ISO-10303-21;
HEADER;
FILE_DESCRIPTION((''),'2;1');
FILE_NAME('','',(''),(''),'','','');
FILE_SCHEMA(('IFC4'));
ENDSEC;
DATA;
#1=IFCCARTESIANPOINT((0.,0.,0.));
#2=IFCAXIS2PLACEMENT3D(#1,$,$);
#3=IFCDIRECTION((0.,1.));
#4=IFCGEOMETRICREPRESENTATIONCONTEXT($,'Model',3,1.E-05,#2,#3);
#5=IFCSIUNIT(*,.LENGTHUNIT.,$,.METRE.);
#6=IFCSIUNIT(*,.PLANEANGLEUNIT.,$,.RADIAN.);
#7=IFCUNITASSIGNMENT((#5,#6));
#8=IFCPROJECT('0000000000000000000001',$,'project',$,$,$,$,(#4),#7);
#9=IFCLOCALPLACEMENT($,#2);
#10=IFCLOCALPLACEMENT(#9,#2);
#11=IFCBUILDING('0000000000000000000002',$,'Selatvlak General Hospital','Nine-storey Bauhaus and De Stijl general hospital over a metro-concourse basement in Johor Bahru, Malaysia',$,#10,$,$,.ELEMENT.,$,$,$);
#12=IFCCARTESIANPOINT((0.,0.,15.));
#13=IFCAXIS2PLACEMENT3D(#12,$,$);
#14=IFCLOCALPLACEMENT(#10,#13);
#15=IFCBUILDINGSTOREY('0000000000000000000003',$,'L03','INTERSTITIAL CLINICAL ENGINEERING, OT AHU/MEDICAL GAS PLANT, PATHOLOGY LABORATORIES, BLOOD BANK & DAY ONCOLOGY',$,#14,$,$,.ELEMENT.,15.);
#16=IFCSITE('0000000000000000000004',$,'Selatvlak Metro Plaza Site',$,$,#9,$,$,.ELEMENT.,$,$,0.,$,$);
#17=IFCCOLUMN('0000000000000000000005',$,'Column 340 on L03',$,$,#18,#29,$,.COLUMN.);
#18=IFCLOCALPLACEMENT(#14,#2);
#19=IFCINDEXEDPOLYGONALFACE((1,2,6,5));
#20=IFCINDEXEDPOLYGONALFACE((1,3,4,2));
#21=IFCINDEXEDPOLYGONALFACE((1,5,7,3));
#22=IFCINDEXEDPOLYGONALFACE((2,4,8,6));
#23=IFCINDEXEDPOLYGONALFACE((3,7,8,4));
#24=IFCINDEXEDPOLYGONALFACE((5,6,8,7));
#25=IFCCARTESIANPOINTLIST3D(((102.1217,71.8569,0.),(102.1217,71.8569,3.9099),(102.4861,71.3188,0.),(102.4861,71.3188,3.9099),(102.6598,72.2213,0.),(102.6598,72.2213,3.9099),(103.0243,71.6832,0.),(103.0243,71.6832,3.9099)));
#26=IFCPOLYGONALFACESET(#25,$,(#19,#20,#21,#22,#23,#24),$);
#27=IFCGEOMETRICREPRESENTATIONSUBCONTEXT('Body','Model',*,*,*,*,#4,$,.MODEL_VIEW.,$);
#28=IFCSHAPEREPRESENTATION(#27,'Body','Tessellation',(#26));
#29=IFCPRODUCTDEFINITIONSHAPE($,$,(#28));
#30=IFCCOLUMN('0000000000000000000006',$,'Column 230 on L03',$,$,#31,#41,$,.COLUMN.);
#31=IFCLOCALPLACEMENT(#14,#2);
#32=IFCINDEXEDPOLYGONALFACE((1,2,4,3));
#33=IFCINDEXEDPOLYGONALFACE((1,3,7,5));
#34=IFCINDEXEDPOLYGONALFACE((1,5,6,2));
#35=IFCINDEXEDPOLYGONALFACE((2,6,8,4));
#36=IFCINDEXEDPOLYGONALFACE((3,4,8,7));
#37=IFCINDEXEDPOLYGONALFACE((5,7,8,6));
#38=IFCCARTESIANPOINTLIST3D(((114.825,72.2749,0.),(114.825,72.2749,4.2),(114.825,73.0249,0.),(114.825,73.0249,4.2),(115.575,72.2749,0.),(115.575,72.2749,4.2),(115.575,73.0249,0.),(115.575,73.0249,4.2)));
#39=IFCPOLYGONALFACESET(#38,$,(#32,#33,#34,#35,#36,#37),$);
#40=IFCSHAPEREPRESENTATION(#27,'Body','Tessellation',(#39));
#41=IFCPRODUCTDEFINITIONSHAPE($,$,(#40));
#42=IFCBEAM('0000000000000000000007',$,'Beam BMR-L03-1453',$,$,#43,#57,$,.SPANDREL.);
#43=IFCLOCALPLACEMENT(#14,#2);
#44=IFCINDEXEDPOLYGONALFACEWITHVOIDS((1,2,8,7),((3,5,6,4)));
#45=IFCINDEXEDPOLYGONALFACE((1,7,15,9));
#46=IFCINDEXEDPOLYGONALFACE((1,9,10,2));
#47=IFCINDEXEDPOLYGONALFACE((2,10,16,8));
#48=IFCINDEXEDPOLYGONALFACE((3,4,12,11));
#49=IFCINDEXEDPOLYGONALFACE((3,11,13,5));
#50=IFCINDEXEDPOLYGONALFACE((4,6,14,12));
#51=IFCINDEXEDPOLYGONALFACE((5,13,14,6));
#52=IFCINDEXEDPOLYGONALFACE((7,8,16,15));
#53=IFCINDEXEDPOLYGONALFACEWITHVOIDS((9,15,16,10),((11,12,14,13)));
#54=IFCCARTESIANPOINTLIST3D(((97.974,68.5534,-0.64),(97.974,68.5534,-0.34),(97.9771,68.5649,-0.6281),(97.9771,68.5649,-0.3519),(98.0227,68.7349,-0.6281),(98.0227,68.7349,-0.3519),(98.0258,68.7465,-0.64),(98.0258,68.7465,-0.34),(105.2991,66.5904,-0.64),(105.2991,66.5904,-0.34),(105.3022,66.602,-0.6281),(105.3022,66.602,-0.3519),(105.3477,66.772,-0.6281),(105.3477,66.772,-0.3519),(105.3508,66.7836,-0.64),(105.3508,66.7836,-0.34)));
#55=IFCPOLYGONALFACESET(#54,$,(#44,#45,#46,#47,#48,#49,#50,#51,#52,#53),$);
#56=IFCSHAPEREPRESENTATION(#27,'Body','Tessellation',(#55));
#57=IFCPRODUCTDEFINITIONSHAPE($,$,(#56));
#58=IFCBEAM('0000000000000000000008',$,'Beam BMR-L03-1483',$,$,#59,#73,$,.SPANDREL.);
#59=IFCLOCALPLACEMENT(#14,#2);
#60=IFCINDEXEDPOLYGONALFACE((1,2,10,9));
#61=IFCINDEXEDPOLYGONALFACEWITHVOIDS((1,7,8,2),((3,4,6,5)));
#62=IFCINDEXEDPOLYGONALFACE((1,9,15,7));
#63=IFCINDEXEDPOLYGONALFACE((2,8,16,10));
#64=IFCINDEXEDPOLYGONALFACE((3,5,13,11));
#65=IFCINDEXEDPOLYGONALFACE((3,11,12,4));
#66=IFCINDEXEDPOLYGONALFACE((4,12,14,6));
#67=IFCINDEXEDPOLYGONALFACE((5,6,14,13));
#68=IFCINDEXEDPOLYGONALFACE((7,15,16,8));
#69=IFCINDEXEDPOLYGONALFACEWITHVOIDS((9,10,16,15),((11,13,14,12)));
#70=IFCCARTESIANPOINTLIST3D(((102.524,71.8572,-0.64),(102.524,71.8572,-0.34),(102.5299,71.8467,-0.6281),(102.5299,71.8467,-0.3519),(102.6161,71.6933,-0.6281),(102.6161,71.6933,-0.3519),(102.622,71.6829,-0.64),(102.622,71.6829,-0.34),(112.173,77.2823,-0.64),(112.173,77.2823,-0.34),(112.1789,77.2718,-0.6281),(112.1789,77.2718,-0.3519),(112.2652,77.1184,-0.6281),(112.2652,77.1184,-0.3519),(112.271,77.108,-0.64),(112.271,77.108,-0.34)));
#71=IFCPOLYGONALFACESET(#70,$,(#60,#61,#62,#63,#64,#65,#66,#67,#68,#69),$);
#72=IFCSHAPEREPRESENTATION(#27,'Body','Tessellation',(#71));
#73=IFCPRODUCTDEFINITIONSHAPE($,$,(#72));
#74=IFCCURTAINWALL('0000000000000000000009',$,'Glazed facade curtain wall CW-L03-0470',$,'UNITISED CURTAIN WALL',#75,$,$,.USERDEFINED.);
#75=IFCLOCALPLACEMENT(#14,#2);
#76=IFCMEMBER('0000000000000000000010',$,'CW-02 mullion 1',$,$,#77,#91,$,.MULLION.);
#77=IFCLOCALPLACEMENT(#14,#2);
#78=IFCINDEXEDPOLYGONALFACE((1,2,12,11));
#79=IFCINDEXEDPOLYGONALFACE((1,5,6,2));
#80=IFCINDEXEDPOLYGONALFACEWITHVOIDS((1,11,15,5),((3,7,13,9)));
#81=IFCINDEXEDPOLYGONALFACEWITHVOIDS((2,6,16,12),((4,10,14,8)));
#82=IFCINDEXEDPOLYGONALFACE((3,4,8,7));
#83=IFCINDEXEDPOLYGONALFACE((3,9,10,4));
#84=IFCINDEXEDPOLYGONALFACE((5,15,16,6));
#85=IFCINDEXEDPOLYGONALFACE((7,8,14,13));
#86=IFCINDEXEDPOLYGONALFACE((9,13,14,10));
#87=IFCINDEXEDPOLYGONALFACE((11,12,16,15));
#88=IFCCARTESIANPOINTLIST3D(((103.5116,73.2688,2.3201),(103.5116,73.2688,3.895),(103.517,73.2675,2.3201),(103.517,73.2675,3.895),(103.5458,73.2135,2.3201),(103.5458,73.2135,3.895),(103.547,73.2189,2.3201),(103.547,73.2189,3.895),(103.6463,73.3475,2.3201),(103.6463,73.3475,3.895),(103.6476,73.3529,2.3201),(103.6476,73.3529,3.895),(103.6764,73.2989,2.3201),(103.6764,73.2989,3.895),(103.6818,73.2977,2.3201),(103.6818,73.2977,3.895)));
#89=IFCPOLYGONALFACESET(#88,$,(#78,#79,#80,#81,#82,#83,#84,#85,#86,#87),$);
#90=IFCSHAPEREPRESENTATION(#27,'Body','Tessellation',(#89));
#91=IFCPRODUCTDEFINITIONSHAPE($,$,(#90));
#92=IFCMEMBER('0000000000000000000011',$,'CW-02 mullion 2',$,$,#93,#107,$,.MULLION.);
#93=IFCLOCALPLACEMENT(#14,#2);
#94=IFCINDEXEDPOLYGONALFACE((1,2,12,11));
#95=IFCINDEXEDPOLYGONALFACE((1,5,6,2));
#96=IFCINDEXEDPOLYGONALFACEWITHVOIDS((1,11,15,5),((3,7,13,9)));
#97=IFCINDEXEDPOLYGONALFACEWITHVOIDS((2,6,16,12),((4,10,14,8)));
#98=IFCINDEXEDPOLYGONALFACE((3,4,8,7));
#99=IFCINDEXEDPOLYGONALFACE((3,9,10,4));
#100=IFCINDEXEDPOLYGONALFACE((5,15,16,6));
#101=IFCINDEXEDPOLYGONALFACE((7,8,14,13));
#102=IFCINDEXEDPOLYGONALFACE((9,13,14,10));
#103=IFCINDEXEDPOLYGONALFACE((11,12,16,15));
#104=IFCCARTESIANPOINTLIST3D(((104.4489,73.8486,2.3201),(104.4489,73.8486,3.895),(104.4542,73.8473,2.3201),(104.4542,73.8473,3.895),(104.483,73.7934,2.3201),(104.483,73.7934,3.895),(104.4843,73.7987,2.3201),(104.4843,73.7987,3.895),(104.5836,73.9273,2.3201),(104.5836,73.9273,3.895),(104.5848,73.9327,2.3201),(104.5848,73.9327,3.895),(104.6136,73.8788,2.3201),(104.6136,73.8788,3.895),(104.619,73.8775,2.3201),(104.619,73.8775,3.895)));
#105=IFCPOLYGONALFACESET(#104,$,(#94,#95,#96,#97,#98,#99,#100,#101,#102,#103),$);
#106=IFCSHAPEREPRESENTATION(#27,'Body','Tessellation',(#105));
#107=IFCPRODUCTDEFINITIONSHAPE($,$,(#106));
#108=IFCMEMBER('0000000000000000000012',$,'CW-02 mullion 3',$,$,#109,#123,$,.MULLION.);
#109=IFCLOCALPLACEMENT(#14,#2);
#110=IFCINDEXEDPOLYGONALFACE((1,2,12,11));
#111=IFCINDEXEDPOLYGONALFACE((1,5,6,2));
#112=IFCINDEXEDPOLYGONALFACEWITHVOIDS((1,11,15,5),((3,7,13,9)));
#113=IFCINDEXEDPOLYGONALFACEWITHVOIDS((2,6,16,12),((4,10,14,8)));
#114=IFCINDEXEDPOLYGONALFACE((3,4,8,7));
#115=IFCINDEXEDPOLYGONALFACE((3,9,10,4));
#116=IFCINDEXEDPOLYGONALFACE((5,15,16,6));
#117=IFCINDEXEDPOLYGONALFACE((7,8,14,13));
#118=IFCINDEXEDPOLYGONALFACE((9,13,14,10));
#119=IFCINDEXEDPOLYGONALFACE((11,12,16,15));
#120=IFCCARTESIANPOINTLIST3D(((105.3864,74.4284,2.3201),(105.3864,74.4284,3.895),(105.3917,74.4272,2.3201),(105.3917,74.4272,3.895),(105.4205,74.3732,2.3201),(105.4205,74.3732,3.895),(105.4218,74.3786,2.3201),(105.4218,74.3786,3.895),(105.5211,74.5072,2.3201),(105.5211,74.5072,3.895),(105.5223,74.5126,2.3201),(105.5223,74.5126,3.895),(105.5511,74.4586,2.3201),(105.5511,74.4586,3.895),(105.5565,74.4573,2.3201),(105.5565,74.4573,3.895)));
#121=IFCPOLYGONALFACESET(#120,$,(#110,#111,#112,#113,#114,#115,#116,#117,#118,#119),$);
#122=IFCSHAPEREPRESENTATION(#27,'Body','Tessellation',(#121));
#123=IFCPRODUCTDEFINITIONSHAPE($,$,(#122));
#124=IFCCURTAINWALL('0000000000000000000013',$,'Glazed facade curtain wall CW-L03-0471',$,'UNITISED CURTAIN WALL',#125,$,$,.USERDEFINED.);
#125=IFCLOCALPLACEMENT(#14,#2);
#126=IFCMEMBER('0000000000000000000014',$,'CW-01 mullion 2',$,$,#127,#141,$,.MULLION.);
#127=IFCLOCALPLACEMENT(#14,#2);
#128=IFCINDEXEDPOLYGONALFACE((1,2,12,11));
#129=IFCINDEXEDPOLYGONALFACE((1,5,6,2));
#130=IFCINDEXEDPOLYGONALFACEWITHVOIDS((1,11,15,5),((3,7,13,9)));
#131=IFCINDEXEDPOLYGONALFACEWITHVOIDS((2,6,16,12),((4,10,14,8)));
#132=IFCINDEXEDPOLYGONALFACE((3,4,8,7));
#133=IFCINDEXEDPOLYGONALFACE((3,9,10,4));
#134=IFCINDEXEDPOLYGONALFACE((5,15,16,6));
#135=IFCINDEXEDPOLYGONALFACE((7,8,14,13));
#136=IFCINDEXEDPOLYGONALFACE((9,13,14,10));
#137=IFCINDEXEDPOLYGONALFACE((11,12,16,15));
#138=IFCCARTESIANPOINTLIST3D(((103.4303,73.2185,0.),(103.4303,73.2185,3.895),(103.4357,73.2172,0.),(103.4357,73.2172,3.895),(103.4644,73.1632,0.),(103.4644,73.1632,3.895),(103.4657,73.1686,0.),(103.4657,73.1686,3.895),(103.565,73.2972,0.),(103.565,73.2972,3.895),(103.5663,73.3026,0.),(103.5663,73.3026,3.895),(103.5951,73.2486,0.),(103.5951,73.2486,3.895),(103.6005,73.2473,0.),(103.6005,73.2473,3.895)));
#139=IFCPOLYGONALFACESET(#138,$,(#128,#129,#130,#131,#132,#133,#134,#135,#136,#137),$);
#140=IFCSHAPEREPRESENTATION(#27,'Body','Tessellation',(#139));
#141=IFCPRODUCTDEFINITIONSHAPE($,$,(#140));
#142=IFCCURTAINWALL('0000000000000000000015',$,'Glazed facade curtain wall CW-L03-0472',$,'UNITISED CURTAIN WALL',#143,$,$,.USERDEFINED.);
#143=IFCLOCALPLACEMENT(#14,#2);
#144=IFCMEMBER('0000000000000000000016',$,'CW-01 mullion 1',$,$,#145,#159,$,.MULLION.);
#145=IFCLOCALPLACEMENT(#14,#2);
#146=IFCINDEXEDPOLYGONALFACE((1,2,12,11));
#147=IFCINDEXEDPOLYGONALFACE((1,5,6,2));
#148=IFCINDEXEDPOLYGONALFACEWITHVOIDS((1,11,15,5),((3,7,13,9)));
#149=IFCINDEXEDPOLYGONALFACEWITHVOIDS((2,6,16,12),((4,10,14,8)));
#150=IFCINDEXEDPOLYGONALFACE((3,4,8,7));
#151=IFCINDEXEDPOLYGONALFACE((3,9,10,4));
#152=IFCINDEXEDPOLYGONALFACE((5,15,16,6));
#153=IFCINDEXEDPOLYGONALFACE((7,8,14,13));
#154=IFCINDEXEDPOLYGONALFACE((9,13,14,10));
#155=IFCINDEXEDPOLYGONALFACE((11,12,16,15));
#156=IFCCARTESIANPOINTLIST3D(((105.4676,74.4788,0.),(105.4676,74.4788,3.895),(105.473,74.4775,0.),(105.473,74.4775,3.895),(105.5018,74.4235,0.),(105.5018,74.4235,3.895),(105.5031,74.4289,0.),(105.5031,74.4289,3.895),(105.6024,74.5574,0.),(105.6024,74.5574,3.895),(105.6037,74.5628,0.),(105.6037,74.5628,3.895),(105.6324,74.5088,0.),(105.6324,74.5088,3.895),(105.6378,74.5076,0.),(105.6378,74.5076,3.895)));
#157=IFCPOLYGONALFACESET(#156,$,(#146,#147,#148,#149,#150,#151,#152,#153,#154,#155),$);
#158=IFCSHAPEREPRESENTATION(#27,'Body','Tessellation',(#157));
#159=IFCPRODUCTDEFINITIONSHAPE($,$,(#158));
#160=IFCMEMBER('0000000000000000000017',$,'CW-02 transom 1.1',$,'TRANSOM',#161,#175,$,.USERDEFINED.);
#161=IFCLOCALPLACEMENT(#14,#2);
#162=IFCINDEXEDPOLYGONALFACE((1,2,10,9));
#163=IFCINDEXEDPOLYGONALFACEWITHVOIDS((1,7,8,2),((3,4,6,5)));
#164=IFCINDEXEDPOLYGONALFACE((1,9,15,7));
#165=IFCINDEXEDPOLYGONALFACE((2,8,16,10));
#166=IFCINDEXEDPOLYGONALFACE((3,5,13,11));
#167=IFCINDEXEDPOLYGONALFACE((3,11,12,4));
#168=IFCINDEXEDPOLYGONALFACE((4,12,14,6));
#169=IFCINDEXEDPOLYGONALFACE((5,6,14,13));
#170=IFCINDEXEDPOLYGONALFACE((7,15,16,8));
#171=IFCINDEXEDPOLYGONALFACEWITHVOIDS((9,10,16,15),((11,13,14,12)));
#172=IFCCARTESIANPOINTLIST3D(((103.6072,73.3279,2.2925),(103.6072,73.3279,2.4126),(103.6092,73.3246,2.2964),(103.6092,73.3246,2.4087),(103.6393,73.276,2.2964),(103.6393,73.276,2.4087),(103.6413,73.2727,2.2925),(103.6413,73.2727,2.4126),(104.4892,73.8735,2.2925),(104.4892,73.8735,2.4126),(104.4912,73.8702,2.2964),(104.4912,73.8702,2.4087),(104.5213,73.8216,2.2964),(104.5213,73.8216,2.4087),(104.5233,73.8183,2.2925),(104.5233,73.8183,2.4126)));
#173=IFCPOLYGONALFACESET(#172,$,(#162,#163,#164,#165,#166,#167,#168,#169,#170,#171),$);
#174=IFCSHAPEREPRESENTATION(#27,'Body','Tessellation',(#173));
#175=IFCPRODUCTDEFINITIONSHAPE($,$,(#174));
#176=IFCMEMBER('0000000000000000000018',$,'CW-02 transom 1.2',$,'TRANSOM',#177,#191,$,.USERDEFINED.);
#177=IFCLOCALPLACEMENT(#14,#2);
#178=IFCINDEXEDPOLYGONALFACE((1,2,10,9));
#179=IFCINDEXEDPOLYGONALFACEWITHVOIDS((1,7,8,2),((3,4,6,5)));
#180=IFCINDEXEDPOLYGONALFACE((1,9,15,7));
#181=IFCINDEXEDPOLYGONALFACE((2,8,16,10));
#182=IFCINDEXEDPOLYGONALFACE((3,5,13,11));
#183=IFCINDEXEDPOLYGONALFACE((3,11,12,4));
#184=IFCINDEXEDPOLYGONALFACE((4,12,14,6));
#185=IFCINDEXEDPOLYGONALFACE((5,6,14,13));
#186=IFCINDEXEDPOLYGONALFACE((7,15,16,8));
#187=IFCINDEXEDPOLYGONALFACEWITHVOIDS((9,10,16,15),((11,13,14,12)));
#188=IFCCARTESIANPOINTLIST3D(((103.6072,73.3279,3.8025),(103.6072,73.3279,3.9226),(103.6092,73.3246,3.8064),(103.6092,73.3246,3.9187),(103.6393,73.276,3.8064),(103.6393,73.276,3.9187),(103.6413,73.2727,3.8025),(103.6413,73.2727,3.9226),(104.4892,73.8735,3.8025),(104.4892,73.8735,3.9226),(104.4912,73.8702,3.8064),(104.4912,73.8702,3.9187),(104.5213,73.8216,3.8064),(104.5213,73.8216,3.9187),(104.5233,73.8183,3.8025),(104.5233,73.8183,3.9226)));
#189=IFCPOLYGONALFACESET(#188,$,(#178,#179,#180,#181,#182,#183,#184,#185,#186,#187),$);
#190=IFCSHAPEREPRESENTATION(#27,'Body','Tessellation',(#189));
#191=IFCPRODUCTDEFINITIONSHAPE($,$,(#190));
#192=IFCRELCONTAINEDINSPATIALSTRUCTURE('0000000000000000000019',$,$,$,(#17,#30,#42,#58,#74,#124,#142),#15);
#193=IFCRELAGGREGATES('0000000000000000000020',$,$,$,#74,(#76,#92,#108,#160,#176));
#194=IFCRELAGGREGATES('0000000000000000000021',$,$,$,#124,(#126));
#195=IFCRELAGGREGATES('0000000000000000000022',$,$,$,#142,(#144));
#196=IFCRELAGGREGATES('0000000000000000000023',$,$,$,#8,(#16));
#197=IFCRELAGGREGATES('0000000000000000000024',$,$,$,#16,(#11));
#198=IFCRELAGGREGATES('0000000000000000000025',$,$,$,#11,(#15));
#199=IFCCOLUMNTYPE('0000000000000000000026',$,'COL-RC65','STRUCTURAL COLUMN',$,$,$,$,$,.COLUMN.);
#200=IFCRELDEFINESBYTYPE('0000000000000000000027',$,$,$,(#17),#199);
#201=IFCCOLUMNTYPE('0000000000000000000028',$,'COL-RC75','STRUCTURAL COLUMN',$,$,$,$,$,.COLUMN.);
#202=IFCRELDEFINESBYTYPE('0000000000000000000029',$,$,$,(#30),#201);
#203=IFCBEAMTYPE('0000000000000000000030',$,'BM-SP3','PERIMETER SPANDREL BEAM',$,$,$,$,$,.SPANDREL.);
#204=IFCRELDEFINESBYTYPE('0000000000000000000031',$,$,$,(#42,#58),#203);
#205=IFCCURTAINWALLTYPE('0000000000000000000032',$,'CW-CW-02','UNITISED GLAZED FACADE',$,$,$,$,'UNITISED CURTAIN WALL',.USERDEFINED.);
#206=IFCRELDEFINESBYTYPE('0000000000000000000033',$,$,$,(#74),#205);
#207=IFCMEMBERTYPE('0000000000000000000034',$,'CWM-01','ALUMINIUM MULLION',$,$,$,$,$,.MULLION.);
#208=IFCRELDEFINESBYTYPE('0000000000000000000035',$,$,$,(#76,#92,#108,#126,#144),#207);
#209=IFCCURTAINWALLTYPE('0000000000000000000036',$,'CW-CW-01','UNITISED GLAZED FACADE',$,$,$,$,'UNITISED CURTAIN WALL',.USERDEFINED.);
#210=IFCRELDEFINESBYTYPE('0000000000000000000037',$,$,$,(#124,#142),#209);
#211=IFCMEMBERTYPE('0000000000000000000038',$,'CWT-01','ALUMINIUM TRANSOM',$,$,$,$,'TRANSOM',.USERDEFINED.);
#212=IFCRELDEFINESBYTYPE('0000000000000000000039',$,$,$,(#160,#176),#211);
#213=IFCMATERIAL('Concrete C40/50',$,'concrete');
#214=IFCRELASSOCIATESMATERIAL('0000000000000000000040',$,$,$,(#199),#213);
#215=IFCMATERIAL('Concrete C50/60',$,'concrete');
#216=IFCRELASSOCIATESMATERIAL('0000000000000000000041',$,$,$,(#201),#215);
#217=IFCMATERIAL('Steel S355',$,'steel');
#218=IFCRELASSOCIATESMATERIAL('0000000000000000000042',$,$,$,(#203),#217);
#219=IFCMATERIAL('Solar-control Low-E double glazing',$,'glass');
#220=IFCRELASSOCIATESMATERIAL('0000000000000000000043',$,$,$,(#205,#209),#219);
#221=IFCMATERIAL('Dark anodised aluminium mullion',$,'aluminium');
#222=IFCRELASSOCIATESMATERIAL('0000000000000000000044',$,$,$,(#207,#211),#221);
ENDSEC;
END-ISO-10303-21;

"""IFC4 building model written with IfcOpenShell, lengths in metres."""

from ifc_helpers import new_model, si_unit, direction, frame, origin, origin_2d, place, context, subcontext, project, spatial, rectangle, hollow_rectangle, extrude, material, material_profile, profile_set, type_object, element, aggregate, save


model = new_model("IFC4")

# Units and contexts
model_context = context("Model", 3, precision=1e-05, world=origin(), true_north=direction((0.0, 1.0)))
body_context = subcontext(model_context, "Body", "Model", "MODEL_VIEW")
ifc_project = project(units=[si_unit("LENGTHUNIT", "METRE"), si_unit("PLANEANGLEUNIT", "RADIAN")], contexts=[model_context])

# Site, building, storey
site_placement = place(None, origin())
site = spatial("IfcSite", under=ifc_project, at=site_placement, Name="Selatvlak Metro Plaza Site", CompositionType="ELEMENT", RefElevation=0.0)
building_placement = place(site_placement, origin())
building = spatial("IfcBuilding", under=site, at=building_placement, Name="Selatvlak General Hospital", Description="Nine-storey Bauhaus and De Stijl general hospital over a metro-concourse basement in Johor Bahru, Malaysia", CompositionType="ELEMENT")
storey_placement = place(building_placement, frame((0.0, 0.0, 15.0)))
storey = spatial("IfcBuildingStorey", under=building, at=storey_placement, Name="L03", Description="INTERSTITIAL CLINICAL ENGINEERING, OT AHU/MEDICAL GAS PLANT, PATHOLOGY LABORATORIES, BLOOD BANK & DAY ONCOLOGY", CompositionType="ELEMENT", Elevation=15.0)

# Columns
ifc_material_1 = material(Name="Concrete C40/50", Category="concrete")
ifc_material_profile_1 = material_profile(ifc_material_1, rectangle(XDim=0.6499, YDim=0.6499, at=origin_2d()), Name="RC-COL 650x650")
ifc_profile_set_1 = profile_set([ifc_material_profile_1], Name="Concrete C40/50")
column_type_1 = type_object("IfcColumnType", Name="COL-RC65", Description="STRUCTURAL COLUMN", PredefinedType="COLUMN", material=ifc_profile_set_1)
column_1_placement = place(storey_placement, frame((102.573, 71.77, 0.0), z_axis=(0.0, 0.0, 1.0), x_axis=(-0.560726, 0.828002, 0.0)))
element("IfcColumn", 1, at=column_1_placement, inside=storey, type_object=column_type_1, Name="Column 340 on L03", PredefinedType="COLUMN", context=body_context, shape_type="SweptSolid", body=[
    extrude(rectangle(XDim=0.6499, YDim=0.6499, at=origin_2d()), origin(), (0.0, 0.0, 1.0), 3.9099),
])
ifc_material_2 = material(Name="Concrete C50/60", Category="concrete")
ifc_material_profile_2 = material_profile(ifc_material_2, rectangle(XDim=0.75, YDim=0.75, at=origin_2d()), Name="RC-COL 750x750")
ifc_profile_set_2 = profile_set([ifc_material_profile_2], Name="Concrete C50/60")
column_type_2 = type_object("IfcColumnType", Name="COL-RC75", Description="STRUCTURAL COLUMN", PredefinedType="COLUMN", material=ifc_profile_set_2)
column_2_placement = place(storey_placement, frame((115.2, 72.6499, 0.0), z_axis=(0.0, 0.0, 1.0), x_axis=(1.0, 0.0, 0.0)))
element("IfcColumn", 2, at=column_2_placement, inside=storey, type_object=column_type_2, Name="Column 230 on L03", PredefinedType="COLUMN", context=body_context, shape_type="SweptSolid", body=[
    extrude(rectangle(XDim=0.75, YDim=0.75, at=origin_2d()), origin(), (0.0, 0.0, 1.0), 4.2),
])

# Beams
ifc_material_3 = material(Name="Steel S355", Category="steel")
ifc_material_profile_3 = material_profile(ifc_material_3, hollow_rectangle(XDim=0.2, YDim=0.3, WallThickness=0.012, at=origin_2d()), Name="RHS 300x200x12")
ifc_profile_set_3 = profile_set([ifc_material_profile_3], Name="Steel S355")
beam_type = type_object("IfcBeamType", Name="BM-SP3", Description="PERIMETER SPANDREL BEAM", PredefinedType="SPANDREL", material=ifc_profile_set_3)
beam_1_placement = place(storey_placement, frame((105.325, 66.687, -0.49), z_axis=(-0.96592, 0.258841, 0.0), x_axis=(-0.258841, -0.96592, 0.0)))
element("IfcBeam", 3, at=beam_1_placement, inside=storey, type_object=beam_type, Name="Beam BMR-L03-1453", PredefinedType="SPANDREL", context=body_context, shape_type="SweptSolid", body=[
    extrude(hollow_rectangle(XDim=0.2, YDim=0.3, WallThickness=0.012, at=origin_2d()), origin(), (0.0, 0.0, 1.0), 7.5835),
])
beam_2_placement = place(storey_placement, frame((102.573, 71.77, -0.49), z_axis=(0.871671, 0.490092, 0.0), x_axis=(-0.490092, 0.871671, 0.0)))
element("IfcBeam", 4, at=beam_2_placement, inside=storey, type_object=beam_type, Name="Beam BMR-L03-1483", PredefinedType="SPANDREL", context=body_context, shape_type="SweptSolid", body=[
    extrude(hollow_rectangle(XDim=0.2, YDim=0.3, WallThickness=0.012, at=origin_2d()), origin(), (0.0, 0.0, 1.0), 11.0696),
])

# Curtain wall, members
ifc_material_4 = material(Name="Solar-control Low-E double glazing", Category="glass")
curtain_wall_type_1 = type_object("IfcCurtainWallType", Name="CW-CW-02", Description="UNITISED GLAZED FACADE", ElementType="UNITISED CURTAIN WALL", PredefinedType="USERDEFINED", material=ifc_material_4)
curtain_wall_1_placement = place(storey_placement, origin())
curtain_wall_1 = element("IfcCurtainWall", 5, at=curtain_wall_1_placement, inside=storey, type_object=curtain_wall_type_1, Name="Glazed facade curtain wall CW-L03-0470", ObjectType="UNITISED CURTAIN WALL", PredefinedType="USERDEFINED")
ifc_material_5 = material(Name="Dark anodised aluminium mullion", Category="aluminium")
ifc_material_profile_4 = material_profile(ifc_material_5, hollow_rectangle(XDim=0.0649, YDim=0.1599, WallThickness=0.0039, at=origin_2d()), Name="AL-MUL 65x160x4")
ifc_profile_set_4 = profile_set([ifc_material_profile_4], Name="Dark anodised aluminium mullion")
member_type_1 = type_object("IfcMemberType", Name="CWM-01", Description="ALUMINIUM MULLION", PredefinedType="MULLION", material=ifc_profile_set_4)
member_1_placement = place(storey_placement, frame((103.5967, 73.2832, 2.3201), z_axis=(0.0, 0.0, 1.0), x_axis=(-0.526112, 0.850415, 0.0)))
member_1 = element("IfcMember", 6, at=member_1_placement, type_object=member_type_1, Name="CW-02 mullion 1", PredefinedType="MULLION", context=body_context, shape_type="SweptSolid", body=[
    extrude(hollow_rectangle(XDim=0.0649, YDim=0.1599, WallThickness=0.0039, at=origin_2d()), origin(), (0.0, 0.0, 1.0), 1.575),
])
member_2_placement = place(storey_placement, frame((104.5339, 73.863, 2.3201), z_axis=(0.0, 0.0, 1.0), x_axis=(-0.526112, 0.850415, 0.0)))
member_2 = element("IfcMember", 7, at=member_2_placement, type_object=member_type_1, Name="CW-02 mullion 2", PredefinedType="MULLION", context=body_context, shape_type="SweptSolid", body=[
    extrude(hollow_rectangle(XDim=0.0649, YDim=0.1599, WallThickness=0.0039, at=origin_2d()), origin(), (0.0, 0.0, 1.0), 1.575),
])
member_3_placement = place(storey_placement, frame((105.4714, 74.4429, 2.3201), z_axis=(0.0, 0.0, 1.0), x_axis=(-0.526112, 0.850415, 0.0)))
member_3 = element("IfcMember", 8, at=member_3_placement, type_object=member_type_1, Name="CW-02 mullion 3", PredefinedType="MULLION", context=body_context, shape_type="SweptSolid", body=[
    extrude(hollow_rectangle(XDim=0.0649, YDim=0.1599, WallThickness=0.0039, at=origin_2d()), origin(), (0.0, 0.0, 1.0), 1.575),
])

# Curtain walls, members
curtain_wall_type_2 = type_object("IfcCurtainWallType", Name="CW-CW-01", Description="UNITISED GLAZED FACADE", ElementType="UNITISED CURTAIN WALL", PredefinedType="USERDEFINED", material=ifc_material_4)
curtain_wall_2_placement = place(storey_placement, origin())
curtain_wall_2 = element("IfcCurtainWall", 9, at=curtain_wall_2_placement, inside=storey, type_object=curtain_wall_type_2, Name="Glazed facade curtain wall CW-L03-0471", ObjectType="UNITISED CURTAIN WALL", PredefinedType="USERDEFINED")
member_4_placement = place(storey_placement, frame((103.5154, 73.2329, 0.0), z_axis=(0.0, 0.0, 1.0), x_axis=(-0.525872, 0.850564, 0.0)))
member_4 = element("IfcMember", 10, at=member_4_placement, type_object=member_type_1, Name="CW-01 mullion 2", PredefinedType="MULLION", context=body_context, shape_type="SweptSolid", body=[
    extrude(hollow_rectangle(XDim=0.0649, YDim=0.1599, WallThickness=0.0039, at=origin_2d()), origin(), (0.0, 0.0, 1.0), 3.895),
])
curtain_wall_3_placement = place(storey_placement, origin())
curtain_wall_3 = element("IfcCurtainWall", 11, at=curtain_wall_3_placement, inside=storey, type_object=curtain_wall_type_2, Name="Glazed facade curtain wall CW-L03-0472", ObjectType="UNITISED CURTAIN WALL", PredefinedType="USERDEFINED")
member_5_placement = place(storey_placement, frame((105.5527, 74.4932, 0.0), z_axis=(0.0, 0.0, 1.0), x_axis=(-0.525611, 0.850725, 0.0)))
member_5 = element("IfcMember", 12, at=member_5_placement, type_object=member_type_1, Name="CW-01 mullion 1", PredefinedType="MULLION", context=body_context, shape_type="SweptSolid", body=[
    extrude(hollow_rectangle(XDim=0.0649, YDim=0.1599, WallThickness=0.0039, at=origin_2d()), origin(), (0.0, 0.0, 1.0), 3.895),
])

# Members
ifc_material_profile_5 = material_profile(ifc_material_5, hollow_rectangle(XDim=0.0649, YDim=0.1201, WallThickness=0.0039, at=origin_2d()), Name="AL-TRN 65x120x4")
ifc_profile_set_5 = profile_set([ifc_material_profile_5], Name="Dark anodised aluminium mullion")
member_type_2 = type_object("IfcMemberType", Name="CWT-01", Description="ALUMINIUM TRANSOM", ElementType="TRANSOM", PredefinedType="USERDEFINED", material=ifc_profile_set_5)
member_6_placement = place(storey_placement, frame((103.6243, 73.3003, 2.3525), z_axis=(0.850436, 0.526079, 0.0), x_axis=(-0.526079, 0.850436, 0.0)))
member_6 = element("IfcMember", 13, at=member_6_placement, type_object=member_type_2, Name="CW-02 transom 1.1", ObjectType="TRANSOM", PredefinedType="USERDEFINED", context=body_context, shape_type="SweptSolid", body=[
    extrude(hollow_rectangle(XDim=0.0649, YDim=0.1201, WallThickness=0.0039, at=origin_2d()), origin(), (0.0, 0.0, 1.0), 1.0371),
])
member_7_placement = place(storey_placement, frame((103.6243, 73.3003, 3.8625), z_axis=(0.850436, 0.526079, 0.0), x_axis=(-0.526079, 0.850436, 0.0)))
member_7 = element("IfcMember", 14, at=member_7_placement, type_object=member_type_2, Name="CW-02 transom 1.2", ObjectType="TRANSOM", PredefinedType="USERDEFINED", context=body_context, shape_type="SweptSolid", body=[
    extrude(hollow_rectangle(XDim=0.0649, YDim=0.1201, WallThickness=0.0039, at=origin_2d()), origin(), (0.0, 0.0, 1.0), 1.0371),
])

aggregate(curtain_wall_1, [member_1, member_2, member_3, member_6, member_7])
aggregate(curtain_wall_2, [member_4])
aggregate(curtain_wall_3, [member_5])

save(model, "model.ifc")
